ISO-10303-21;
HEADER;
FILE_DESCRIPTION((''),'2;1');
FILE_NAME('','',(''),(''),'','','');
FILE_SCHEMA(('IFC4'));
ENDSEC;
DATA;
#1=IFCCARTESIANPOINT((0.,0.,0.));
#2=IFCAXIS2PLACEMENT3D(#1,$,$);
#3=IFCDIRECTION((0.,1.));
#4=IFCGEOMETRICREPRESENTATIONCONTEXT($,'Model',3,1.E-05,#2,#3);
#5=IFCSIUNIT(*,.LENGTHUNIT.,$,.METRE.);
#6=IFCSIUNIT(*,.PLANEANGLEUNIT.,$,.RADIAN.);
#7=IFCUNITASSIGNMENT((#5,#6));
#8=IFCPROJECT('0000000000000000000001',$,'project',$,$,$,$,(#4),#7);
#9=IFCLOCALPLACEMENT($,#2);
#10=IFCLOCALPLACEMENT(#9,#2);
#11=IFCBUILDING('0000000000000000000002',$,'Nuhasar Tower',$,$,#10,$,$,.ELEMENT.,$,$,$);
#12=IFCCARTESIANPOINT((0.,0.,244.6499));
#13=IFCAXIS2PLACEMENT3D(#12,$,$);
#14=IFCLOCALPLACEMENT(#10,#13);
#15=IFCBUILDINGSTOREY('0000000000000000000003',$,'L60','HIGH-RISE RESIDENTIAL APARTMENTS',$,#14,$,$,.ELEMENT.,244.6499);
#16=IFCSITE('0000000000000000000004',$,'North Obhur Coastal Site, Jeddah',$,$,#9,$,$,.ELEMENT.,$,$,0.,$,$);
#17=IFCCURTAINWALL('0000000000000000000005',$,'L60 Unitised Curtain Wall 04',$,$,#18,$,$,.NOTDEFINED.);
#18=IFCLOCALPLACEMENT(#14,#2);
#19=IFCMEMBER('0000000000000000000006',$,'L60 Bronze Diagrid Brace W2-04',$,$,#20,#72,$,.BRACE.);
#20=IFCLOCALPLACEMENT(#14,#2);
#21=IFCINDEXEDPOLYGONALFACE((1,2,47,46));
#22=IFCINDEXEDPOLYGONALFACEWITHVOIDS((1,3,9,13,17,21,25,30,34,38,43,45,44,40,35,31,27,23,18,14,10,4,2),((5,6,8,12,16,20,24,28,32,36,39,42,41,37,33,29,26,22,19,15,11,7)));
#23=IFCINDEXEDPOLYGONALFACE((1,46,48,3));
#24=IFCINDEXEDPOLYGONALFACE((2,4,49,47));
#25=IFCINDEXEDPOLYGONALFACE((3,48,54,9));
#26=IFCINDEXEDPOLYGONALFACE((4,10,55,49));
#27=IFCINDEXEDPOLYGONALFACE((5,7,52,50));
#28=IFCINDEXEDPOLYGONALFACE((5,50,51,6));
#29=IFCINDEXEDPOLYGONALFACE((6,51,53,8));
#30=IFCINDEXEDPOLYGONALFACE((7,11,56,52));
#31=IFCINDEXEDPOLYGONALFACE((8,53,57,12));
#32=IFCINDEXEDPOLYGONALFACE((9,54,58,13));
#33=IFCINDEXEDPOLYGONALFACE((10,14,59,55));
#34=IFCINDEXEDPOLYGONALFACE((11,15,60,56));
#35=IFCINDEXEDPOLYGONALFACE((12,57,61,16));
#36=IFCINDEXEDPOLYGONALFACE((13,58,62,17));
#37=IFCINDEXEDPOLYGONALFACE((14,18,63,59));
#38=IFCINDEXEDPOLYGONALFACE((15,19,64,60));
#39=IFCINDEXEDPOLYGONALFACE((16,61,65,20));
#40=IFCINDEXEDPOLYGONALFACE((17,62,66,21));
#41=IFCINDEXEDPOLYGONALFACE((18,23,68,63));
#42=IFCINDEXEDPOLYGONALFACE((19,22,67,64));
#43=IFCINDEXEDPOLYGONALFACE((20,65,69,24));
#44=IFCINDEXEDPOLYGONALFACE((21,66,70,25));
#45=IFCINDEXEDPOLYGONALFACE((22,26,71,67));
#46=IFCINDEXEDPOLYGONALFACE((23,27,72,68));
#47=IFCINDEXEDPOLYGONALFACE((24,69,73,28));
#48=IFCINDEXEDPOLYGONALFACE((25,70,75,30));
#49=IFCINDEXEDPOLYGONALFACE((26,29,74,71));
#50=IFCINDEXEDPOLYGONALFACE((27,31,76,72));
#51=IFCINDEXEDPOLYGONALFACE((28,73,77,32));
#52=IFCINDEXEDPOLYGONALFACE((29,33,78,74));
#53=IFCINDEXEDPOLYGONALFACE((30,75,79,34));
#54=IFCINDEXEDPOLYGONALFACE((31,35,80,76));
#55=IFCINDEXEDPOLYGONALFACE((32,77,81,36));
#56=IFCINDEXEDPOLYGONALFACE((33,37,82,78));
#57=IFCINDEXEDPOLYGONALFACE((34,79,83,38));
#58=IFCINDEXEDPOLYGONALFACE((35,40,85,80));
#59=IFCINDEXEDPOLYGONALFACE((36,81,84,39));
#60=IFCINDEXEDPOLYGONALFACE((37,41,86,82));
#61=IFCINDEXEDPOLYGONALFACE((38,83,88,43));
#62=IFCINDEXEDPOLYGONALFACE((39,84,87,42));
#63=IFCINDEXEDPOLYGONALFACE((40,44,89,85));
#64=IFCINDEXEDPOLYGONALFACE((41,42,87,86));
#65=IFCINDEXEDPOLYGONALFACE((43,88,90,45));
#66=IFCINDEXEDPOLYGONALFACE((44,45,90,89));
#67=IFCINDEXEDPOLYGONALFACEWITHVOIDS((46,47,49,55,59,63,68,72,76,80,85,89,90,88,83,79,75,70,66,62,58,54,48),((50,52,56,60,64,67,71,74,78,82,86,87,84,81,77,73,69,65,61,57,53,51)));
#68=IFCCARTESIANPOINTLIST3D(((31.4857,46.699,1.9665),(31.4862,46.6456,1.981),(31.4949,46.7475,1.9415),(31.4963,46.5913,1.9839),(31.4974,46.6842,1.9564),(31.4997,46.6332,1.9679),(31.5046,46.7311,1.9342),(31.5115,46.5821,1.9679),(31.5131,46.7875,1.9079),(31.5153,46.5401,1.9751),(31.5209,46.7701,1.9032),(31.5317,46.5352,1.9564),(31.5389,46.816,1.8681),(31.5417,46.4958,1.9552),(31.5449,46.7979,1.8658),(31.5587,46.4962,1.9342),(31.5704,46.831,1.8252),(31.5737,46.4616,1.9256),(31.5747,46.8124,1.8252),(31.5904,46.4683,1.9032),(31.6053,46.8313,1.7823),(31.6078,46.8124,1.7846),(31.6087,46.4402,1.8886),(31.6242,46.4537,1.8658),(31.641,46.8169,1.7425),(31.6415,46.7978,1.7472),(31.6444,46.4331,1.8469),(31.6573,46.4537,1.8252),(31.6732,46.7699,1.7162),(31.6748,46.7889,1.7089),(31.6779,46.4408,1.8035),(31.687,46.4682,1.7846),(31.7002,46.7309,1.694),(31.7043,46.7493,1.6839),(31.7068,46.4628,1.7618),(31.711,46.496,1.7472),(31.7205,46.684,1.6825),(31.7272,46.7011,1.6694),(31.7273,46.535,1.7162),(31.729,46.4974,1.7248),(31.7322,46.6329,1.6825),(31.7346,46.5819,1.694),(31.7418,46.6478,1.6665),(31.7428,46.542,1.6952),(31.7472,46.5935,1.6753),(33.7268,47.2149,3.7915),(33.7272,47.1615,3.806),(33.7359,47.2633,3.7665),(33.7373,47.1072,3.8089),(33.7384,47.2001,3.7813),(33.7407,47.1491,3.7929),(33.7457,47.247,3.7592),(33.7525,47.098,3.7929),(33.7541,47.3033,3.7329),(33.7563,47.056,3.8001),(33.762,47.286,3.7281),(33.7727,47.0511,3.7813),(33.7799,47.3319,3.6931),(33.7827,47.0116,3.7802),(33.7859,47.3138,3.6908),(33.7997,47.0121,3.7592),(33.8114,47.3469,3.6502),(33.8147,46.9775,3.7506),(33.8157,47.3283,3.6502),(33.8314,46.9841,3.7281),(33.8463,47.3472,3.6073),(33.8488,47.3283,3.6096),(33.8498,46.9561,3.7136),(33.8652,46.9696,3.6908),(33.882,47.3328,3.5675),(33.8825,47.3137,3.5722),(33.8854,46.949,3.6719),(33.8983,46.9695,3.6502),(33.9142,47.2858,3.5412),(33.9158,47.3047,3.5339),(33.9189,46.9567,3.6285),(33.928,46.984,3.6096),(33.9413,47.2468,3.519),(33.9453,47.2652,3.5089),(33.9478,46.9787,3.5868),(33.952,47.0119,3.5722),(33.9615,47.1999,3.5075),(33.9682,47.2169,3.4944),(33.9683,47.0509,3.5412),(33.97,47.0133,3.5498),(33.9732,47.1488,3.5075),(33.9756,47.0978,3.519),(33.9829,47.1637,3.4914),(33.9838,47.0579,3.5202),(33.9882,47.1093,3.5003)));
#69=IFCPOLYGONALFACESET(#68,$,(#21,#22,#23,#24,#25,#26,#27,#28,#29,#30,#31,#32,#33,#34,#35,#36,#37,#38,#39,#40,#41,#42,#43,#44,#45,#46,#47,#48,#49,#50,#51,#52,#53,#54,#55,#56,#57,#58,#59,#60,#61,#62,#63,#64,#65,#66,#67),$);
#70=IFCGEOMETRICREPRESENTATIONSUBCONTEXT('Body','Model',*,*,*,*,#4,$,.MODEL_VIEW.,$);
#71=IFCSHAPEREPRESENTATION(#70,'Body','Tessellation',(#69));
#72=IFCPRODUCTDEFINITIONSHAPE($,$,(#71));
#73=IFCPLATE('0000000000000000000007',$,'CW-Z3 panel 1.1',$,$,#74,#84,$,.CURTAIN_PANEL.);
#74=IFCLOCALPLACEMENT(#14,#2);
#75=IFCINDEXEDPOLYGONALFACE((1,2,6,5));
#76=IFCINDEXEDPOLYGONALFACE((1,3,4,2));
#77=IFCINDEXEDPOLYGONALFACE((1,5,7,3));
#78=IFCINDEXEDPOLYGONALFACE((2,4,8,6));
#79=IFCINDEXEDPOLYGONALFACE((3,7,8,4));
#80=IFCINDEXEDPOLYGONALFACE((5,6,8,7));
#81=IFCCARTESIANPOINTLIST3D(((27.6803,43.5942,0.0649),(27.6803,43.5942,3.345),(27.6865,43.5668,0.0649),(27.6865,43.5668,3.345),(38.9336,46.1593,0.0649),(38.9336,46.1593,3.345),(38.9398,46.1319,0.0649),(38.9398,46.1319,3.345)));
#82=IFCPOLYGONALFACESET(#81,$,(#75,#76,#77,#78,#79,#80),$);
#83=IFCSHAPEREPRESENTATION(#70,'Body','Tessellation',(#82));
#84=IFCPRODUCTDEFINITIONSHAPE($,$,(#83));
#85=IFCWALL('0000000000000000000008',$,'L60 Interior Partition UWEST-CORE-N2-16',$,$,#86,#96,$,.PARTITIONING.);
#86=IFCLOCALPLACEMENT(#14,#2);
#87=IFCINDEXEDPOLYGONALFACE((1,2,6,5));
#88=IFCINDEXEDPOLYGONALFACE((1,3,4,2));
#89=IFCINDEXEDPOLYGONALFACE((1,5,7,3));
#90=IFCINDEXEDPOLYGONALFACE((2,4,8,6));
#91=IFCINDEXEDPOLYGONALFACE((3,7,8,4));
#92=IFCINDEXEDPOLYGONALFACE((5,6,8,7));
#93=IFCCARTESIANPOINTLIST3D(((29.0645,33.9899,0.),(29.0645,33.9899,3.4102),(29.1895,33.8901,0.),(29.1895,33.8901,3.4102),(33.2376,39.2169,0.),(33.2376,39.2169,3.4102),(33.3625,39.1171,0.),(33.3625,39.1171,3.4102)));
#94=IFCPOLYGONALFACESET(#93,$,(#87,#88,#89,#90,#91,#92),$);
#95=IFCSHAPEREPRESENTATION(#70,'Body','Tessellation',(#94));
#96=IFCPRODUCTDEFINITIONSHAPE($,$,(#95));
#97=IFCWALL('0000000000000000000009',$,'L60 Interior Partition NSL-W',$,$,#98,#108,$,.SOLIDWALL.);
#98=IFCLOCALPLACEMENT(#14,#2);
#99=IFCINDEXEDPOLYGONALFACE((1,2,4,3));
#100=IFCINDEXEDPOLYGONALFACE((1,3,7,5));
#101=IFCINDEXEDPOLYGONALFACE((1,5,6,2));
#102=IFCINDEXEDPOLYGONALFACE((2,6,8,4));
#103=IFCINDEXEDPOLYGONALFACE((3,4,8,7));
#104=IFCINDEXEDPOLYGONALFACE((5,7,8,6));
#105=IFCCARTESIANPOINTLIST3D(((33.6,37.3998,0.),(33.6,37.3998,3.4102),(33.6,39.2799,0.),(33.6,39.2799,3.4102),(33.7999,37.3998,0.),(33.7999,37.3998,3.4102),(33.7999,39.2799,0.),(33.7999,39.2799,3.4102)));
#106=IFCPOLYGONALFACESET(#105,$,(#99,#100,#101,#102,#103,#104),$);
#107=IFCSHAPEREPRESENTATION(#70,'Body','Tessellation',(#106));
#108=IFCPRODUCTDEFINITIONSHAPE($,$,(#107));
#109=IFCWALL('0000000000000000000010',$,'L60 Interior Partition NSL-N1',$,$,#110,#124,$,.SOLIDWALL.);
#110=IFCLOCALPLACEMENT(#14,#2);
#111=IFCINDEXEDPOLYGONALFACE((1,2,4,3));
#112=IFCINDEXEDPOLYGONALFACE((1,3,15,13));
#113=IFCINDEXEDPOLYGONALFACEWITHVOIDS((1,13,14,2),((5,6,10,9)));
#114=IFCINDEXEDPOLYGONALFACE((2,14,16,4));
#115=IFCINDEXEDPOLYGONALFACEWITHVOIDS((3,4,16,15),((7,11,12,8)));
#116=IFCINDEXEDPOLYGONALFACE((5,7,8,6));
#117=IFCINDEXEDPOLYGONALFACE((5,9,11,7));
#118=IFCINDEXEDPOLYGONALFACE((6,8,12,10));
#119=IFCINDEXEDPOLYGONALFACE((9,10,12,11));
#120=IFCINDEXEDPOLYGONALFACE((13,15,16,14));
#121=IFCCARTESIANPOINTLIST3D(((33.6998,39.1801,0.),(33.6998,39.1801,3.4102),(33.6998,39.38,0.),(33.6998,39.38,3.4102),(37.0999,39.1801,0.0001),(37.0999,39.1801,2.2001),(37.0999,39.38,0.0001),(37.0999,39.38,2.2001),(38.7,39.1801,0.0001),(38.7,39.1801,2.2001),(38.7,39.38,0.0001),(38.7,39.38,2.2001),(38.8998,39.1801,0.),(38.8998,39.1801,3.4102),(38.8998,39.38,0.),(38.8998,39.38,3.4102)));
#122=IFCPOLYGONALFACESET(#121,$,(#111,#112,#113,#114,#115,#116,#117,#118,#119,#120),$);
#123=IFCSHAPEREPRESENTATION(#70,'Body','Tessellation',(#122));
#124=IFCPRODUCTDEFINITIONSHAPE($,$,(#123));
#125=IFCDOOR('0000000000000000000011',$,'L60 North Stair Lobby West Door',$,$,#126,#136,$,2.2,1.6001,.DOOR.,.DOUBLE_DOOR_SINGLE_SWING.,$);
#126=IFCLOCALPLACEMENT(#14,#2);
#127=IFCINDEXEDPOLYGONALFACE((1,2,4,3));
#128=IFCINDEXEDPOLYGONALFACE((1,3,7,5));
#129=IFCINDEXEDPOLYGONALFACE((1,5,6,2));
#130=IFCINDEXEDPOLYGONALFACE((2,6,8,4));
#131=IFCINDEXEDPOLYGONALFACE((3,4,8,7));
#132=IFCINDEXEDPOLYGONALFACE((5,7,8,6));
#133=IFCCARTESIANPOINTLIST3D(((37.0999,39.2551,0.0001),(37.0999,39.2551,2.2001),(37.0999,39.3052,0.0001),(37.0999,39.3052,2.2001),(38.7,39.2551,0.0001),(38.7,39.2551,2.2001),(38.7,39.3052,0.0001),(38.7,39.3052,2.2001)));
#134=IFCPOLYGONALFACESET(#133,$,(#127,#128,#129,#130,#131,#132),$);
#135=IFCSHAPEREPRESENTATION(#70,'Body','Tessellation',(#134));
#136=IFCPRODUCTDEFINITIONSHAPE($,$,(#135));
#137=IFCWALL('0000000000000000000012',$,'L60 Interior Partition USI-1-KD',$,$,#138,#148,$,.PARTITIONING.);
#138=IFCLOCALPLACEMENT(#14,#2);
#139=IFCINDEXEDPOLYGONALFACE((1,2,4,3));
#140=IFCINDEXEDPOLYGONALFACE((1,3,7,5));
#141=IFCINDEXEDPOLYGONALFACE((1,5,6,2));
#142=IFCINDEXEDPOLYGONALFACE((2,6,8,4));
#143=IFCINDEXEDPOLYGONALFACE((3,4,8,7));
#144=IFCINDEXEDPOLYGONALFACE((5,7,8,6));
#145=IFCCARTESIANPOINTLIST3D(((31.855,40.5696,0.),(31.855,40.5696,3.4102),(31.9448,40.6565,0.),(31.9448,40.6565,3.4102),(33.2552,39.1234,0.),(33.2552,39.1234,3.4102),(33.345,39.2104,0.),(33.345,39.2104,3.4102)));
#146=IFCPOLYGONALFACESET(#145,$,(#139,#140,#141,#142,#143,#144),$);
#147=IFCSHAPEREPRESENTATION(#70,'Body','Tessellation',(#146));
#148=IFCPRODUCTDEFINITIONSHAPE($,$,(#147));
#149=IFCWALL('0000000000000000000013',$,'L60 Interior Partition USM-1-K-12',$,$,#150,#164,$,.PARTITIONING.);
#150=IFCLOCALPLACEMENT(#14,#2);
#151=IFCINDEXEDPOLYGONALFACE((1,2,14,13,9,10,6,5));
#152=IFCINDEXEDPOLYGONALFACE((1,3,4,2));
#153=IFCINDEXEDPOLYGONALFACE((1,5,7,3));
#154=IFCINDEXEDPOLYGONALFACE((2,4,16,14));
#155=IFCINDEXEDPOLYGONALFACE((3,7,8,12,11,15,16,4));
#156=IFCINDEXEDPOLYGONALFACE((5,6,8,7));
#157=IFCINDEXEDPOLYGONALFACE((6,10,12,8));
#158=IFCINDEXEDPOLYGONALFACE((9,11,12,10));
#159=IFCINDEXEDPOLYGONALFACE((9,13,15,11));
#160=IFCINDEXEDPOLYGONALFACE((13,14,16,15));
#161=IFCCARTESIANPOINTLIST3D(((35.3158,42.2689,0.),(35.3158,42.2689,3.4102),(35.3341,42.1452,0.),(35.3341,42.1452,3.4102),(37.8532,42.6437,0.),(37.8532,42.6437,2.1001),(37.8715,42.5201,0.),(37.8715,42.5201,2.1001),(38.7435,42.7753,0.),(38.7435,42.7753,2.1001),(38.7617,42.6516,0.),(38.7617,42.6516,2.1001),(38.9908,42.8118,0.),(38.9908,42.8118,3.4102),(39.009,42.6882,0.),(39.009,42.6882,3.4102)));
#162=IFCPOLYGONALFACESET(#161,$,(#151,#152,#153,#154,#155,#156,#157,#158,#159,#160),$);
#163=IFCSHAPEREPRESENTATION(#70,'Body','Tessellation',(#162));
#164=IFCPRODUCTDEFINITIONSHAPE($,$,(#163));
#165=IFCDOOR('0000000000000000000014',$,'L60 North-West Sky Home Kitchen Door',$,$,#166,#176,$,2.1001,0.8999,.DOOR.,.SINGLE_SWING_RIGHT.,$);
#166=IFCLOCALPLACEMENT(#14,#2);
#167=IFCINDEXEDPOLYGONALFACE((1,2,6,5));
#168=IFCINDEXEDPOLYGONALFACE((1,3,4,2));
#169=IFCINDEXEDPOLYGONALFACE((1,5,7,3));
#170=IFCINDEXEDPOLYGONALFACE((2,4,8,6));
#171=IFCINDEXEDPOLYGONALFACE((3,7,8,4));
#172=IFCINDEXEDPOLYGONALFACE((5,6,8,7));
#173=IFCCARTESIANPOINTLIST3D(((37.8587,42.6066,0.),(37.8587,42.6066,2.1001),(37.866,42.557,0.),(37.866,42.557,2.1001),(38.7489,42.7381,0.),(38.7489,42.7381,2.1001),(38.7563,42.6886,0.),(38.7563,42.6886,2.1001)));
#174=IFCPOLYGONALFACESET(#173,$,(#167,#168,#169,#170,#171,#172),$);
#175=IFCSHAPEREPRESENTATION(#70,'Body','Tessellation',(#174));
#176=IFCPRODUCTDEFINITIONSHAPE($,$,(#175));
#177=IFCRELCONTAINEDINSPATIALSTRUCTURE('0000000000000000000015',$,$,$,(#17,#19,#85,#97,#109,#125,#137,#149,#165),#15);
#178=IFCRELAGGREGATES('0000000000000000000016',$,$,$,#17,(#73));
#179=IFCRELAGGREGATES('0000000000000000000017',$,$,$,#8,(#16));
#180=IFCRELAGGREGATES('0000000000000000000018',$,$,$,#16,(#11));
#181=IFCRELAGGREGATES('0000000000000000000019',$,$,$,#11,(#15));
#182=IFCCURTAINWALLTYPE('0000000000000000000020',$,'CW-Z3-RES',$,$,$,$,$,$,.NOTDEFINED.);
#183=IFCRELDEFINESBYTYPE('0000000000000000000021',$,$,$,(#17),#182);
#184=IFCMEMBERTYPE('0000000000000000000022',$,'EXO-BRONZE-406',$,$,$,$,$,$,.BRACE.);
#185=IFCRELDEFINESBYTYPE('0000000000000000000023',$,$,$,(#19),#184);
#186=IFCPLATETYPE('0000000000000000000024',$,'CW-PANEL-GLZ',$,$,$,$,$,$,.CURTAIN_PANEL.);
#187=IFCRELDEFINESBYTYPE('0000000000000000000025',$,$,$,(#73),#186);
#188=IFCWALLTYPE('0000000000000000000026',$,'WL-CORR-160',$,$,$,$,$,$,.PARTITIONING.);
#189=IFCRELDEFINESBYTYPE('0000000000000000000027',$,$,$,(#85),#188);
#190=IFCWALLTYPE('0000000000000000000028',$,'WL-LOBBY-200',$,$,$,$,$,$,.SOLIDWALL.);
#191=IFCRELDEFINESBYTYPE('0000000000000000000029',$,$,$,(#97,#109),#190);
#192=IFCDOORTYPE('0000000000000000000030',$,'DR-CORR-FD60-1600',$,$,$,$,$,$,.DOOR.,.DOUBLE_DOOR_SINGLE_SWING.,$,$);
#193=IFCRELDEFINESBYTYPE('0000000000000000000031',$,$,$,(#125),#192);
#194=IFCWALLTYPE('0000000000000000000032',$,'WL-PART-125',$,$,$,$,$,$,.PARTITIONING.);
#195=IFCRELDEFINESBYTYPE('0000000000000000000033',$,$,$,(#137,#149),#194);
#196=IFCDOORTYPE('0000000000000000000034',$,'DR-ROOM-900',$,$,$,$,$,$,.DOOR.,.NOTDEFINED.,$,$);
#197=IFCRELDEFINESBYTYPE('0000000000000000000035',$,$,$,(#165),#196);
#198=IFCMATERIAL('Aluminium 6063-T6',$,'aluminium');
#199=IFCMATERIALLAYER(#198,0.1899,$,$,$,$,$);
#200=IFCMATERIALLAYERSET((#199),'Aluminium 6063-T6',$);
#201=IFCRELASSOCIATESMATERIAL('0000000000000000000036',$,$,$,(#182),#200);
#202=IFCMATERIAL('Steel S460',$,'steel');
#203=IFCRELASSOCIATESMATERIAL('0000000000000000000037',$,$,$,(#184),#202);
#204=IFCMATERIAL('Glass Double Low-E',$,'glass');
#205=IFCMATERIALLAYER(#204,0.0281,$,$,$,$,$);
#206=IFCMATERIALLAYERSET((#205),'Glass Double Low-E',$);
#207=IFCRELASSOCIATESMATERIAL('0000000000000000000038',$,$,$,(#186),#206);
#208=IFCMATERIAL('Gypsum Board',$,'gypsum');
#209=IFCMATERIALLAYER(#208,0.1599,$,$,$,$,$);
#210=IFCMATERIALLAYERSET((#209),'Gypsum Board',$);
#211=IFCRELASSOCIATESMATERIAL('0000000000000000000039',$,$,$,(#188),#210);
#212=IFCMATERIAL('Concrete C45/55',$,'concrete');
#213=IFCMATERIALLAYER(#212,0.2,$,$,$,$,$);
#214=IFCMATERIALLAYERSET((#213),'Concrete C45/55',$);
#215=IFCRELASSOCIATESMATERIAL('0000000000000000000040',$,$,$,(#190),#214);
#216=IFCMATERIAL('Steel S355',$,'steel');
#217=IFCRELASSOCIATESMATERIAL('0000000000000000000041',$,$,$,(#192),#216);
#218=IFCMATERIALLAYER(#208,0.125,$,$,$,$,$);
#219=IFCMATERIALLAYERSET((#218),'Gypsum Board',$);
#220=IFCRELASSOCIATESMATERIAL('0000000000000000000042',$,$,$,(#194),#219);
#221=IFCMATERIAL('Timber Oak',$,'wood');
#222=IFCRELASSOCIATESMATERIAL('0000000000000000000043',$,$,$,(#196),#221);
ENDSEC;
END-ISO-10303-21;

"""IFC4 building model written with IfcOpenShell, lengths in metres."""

from ifc_helpers import new_model, si_unit, direction, frame, frame_2d, origin, origin_2d, place, context, subcontext, project, spatial, rectangle, hollow_circle, extrude, material, layer, layer_set, material_profile, profile_set, type_object, element, fill, aggregate, save


model = new_model("IFC4")

# Units and contexts
model_context = context("Model", 3, precision=1e-05, world=origin(), true_north=direction((0.0, 1.0)))
body_context = subcontext(model_context, "Body", "Model", "MODEL_VIEW")
ifc_project = project(units=[si_unit("LENGTHUNIT", "METRE"), si_unit("PLANEANGLEUNIT", "RADIAN")], contexts=[model_context])

# Site, building, storey
site_placement = place(None, origin())
site = spatial("IfcSite", under=ifc_project, at=site_placement, Name="North Obhur Coastal Site, Jeddah", CompositionType="ELEMENT", RefElevation=0.0)
building_placement = place(site_placement, origin())
building = spatial("IfcBuilding", under=site, at=building_placement, Name="Nuhasar Tower", CompositionType="ELEMENT")
storey_placement = place(building_placement, frame((0.0, 0.0, 244.6499)))
storey = spatial("IfcBuildingStorey", under=building, at=storey_placement, Name="L60", Description="HIGH-RISE RESIDENTIAL APARTMENTS", CompositionType="ELEMENT", Elevation=244.6499)

# Shared definitions
ifc_material_1 = material(Name="Steel S355", Category="steel")

# Curtain wall
ifc_material_2 = material(Name="Aluminium 6063-T6", Category="aluminium")
ifc_layer_1 = layer(ifc_material_2, 0.1899)
ifc_layer_set_1 = layer_set([ifc_layer_1], Name="Aluminium 6063-T6")
curtain_wall_type = type_object("IfcCurtainWallType", Name="CW-Z3-RES", PredefinedType="NOTDEFINED", material=ifc_layer_set_1)
curtain_wall_placement = place(storey_placement, origin())
curtain_wall = element("IfcCurtainWall", 1, at=curtain_wall_placement, inside=storey, type_object=curtain_wall_type, Name="L60 Unitised Curtain Wall 04", PredefinedType="NOTDEFINED")

# Member
ifc_material_3 = material(Name="Steel S460", Category="steel")
ifc_material_profile_1 = material_profile(ifc_material_3, hollow_circle(Radius=0.2031, WallThickness=0.019, at=origin_2d()), Name="HSS406.4X19.1")
ifc_profile_set_1 = profile_set([ifc_material_profile_1], Name="Steel S460")
member_type_1 = type_object("IfcMemberType", Name="EXO-BRONZE-406", PredefinedType="BRACE", material=ifc_profile_set_1)
for number, where, z_axis, x_axis, name in (
    (2, (31.616, 46.6331, 1.8252), (0.763343, 0.175721, 0.621635), (-0.224332, 0.974513, 0.0), "L60 Bronze Diagrid Brace W2-04"),
):
    element("IfcMember", number, at=place(storey_placement, frame(where, z_axis=z_axis, x_axis=x_axis)), inside=storey, type_object=member_type_1, Name=name, PredefinedType="BRACE", context=body_context, shape_type="SweptSolid", body=[
        extrude(hollow_circle(Radius=0.2031, WallThickness=0.019, at=origin_2d()), origin(), (0.0, 0.0, 1.0), 2.9358),
    ])

# Plate
ifc_material_4 = material(Name="Glass Double Low-E", Category="glass")
ifc_layer_2 = layer(ifc_material_4, 0.0281)
ifc_layer_set_2 = layer_set([ifc_layer_2], Name="Glass Double Low-E")
plate_type = type_object("IfcPlateType", Name="CW-PANEL-GLZ", PredefinedType="CURTAIN_PANEL", material=ifc_layer_set_2)
plate_placement = place(storey_placement, frame((33.3101, 44.863, 0.0649), z_axis=(0.0, 0.0, 1.0), x_axis=(-0.974991, -0.222243, 0.0)))
plate = element("IfcPlate", 3, at=plate_placement, type_object=plate_type, Name="CW-Z3 panel 1.1", PredefinedType="CURTAIN_PANEL", context=body_context, shape_type="SweptSolid", body=[
    extrude(rectangle(XDim=11.542, YDim=0.0281, at=origin_2d()), origin(), (0.0, 0.0, 1.0), 3.28),
])
aggregate(curtain_wall, [plate])

# Walls
ifc_material_5 = material(Name="Gypsum Board", Category="gypsum")
ifc_layer_3 = layer(ifc_material_5, 0.1599)
ifc_layer_set_3 = layer_set([ifc_layer_3], Name="Gypsum Board")
wall_type_1 = type_object("IfcWallType", Name="WL-CORR-160", PredefinedType="PARTITIONING", material=ifc_layer_set_3)
wall_1_placement = place(storey_placement, frame((33.3, 39.167, 0.0), z_axis=(0.0, 0.0, 1.0), x_axis=(-0.623916, -0.781492, 0.0)))
element("IfcWall", 4, at=wall_1_placement, inside=storey, type_object=wall_type_1, Name="L60 Interior Partition UWEST-CORE-N2-16", PredefinedType="PARTITIONING", context=body_context, shape_type="SweptSolid", body=[
    extrude(rectangle(XDim=6.6885, YDim=0.1599, at=frame_2d((3.3442, 0.0))), origin(), (0.0, 0.0, 1.0), 3.4102),
])
ifc_material_6 = material(Name="Concrete C45/55", Category="concrete")
ifc_layer_4 = layer(ifc_material_6, 0.2)
ifc_layer_set_4 = layer_set([ifc_layer_4], Name="Concrete C45/55")
wall_type_2 = type_object("IfcWallType", Name="WL-LOBBY-200", PredefinedType="SOLIDWALL", material=ifc_layer_set_4)
wall_2_placement = place(storey_placement, frame((33.7, 37.3999, 0.0), z_axis=(0.0, 0.0, 1.0), x_axis=(0.0, 1.0, 0.0)))
element("IfcWall", 5, at=wall_2_placement, inside=storey, type_object=wall_type_2, Name="L60 Interior Partition NSL-W", PredefinedType="SOLIDWALL", context=body_context, shape_type="SweptSolid", body=[
    extrude(rectangle(XDim=1.8801, YDim=0.2, at=frame_2d((0.9399, 0.0))), origin(), (0.0, 0.0, 1.0), 3.4102),
])

# Wall, opening, door
wall_3_placement = place(storey_placement, frame((38.8999, 39.28, 0.0), z_axis=(0.0, 0.0, 1.0), x_axis=(-1.0, 0.0, 0.0)))
wall_3 = element("IfcWall", 6, at=wall_3_placement, inside=storey, type_object=wall_type_2, Name="L60 Interior Partition NSL-N1", PredefinedType="SOLIDWALL", context=body_context, shape_type="SweptSolid", body=[
    extrude(rectangle(XDim=5.2, YDim=0.2, at=frame_2d((2.6001, 0.0))), origin(), (0.0, 0.0, 1.0), 3.4102),
])
opening_1_placement = place(wall_3_placement, frame((0.2, 0.0, 0.0)))
opening_1 = element("IfcOpeningElement", 7, at=opening_1_placement, cuts=wall_3, PredefinedType="OPENING", context=body_context, shape_type="SweptSolid", body=[
    extrude(rectangle(XDim=1.6001, YDim=2.2, at=frame_2d((0.8, 1.1001))), frame((0.0, 0.1099, 0.0), z_axis=(0.0, -1.0, 0.0), x_axis=(1.0, 0.0, 0.0)), (0.0, 0.0, 1.0), 0.22),
])
door_type_1 = type_object("IfcDoorType", Name="DR-CORR-FD60-1600", OperationType="DOUBLE_DOOR_SINGLE_SWING", PredefinedType="DOOR", material=ifc_material_1)
door_1_placement = place(opening_1_placement, origin())
door_1 = element("IfcDoor", 8, at=door_1_placement, inside=storey, type_object=door_type_1, Name="L60 North Stair Lobby West Door", OperationType="DOUBLE_DOOR_SINGLE_SWING", OverallHeight=2.2, OverallWidth=1.6001, PredefinedType="DOOR", context=body_context, shape_type="SweptSolid", body=[
    extrude(rectangle(XDim=1.6001, YDim=2.2, at=frame_2d((0.8, 1.1001))), frame((0.0, 0.0249, 0.0), z_axis=(0.0, -1.0, 0.0), x_axis=(1.0, 0.0, 0.0)), (0.0, 0.0, 1.0), 0.05),
])
fill(opening_1, door_1)

# Wall
ifc_layer_5 = layer(ifc_material_5, 0.125)
ifc_layer_set_5 = layer_set([ifc_layer_5], Name="Gypsum Board")
wall_type_3 = type_object("IfcWallType", Name="WL-PART-125", PredefinedType="PARTITIONING", material=ifc_layer_set_5)
wall_4_placement = place(storey_placement, frame((33.3, 39.167, 0.0), z_axis=(0.0, 0.0, 1.0), x_axis=(-0.695613, 0.718416, 0.0)))
element("IfcWall", 9, at=wall_4_placement, inside=storey, type_object=wall_type_3, Name="L60 Interior Partition USI-1-KD", PredefinedType="PARTITIONING", context=body_context, shape_type="SweptSolid", body=[
    extrude(rectangle(XDim=2.0129, YDim=0.125, at=frame_2d((1.0063, 0.0))), origin(), (0.0, 0.0, 1.0), 3.4102),
])

# Wall, opening, door
wall_5_placement = place(storey_placement, frame((35.325, 42.207, 0.0), z_axis=(0.0, 0.0, 1.0), x_axis=(0.989261, 0.146158, 0.0)))
wall_5 = element("IfcWall", 10, at=wall_5_placement, inside=storey, type_object=wall_type_3, Name="L60 Interior Partition USM-1-K-12", PredefinedType="PARTITIONING", context=body_context, shape_type="SweptSolid", body=[
    extrude(rectangle(XDim=3.7148, YDim=0.125, at=frame_2d((1.8574, 0.0))), origin(), (0.0, 0.0, 1.0), 3.4102),
])
opening_2_placement = place(wall_5_placement, frame((2.5649, 0.0, 0.0)))
opening_2 = element("IfcOpeningElement", 11, at=opening_2_placement, cuts=wall_5, PredefinedType="OPENING", context=body_context, shape_type="SweptSolid", body=[
    extrude(rectangle(XDim=0.8999, YDim=2.1001, at=frame_2d((0.45, 1.05))), frame((0.0, 0.0725, 0.0), z_axis=(0.0, -1.0, 0.0), x_axis=(1.0, 0.0, 0.0)), (0.0, 0.0, 1.0), 0.145),
])
ifc_material_7 = material(Name="Timber Oak", Category="wood")
door_type_2 = type_object("IfcDoorType", Name="DR-ROOM-900", OperationType="NOTDEFINED", PredefinedType="DOOR", material=ifc_material_7)
door_2_placement = place(opening_2_placement, origin())
door_2 = element("IfcDoor", 12, at=door_2_placement, inside=storey, type_object=door_type_2, Name="L60 North-West Sky Home Kitchen Door", OperationType="SINGLE_SWING_RIGHT", OverallHeight=2.1001, OverallWidth=0.8999, PredefinedType="DOOR", context=body_context, shape_type="SweptSolid", body=[
    extrude(rectangle(XDim=0.8999, YDim=2.1001, at=frame_2d((0.45, 1.05))), frame((0.0, 0.0249, 0.0), z_axis=(0.0, -1.0, 0.0), x_axis=(1.0, 0.0, 0.0)), (0.0, 0.0, 1.0), 0.05),
])
fill(opening_2, door_2)

save(model, "model.ifc")
